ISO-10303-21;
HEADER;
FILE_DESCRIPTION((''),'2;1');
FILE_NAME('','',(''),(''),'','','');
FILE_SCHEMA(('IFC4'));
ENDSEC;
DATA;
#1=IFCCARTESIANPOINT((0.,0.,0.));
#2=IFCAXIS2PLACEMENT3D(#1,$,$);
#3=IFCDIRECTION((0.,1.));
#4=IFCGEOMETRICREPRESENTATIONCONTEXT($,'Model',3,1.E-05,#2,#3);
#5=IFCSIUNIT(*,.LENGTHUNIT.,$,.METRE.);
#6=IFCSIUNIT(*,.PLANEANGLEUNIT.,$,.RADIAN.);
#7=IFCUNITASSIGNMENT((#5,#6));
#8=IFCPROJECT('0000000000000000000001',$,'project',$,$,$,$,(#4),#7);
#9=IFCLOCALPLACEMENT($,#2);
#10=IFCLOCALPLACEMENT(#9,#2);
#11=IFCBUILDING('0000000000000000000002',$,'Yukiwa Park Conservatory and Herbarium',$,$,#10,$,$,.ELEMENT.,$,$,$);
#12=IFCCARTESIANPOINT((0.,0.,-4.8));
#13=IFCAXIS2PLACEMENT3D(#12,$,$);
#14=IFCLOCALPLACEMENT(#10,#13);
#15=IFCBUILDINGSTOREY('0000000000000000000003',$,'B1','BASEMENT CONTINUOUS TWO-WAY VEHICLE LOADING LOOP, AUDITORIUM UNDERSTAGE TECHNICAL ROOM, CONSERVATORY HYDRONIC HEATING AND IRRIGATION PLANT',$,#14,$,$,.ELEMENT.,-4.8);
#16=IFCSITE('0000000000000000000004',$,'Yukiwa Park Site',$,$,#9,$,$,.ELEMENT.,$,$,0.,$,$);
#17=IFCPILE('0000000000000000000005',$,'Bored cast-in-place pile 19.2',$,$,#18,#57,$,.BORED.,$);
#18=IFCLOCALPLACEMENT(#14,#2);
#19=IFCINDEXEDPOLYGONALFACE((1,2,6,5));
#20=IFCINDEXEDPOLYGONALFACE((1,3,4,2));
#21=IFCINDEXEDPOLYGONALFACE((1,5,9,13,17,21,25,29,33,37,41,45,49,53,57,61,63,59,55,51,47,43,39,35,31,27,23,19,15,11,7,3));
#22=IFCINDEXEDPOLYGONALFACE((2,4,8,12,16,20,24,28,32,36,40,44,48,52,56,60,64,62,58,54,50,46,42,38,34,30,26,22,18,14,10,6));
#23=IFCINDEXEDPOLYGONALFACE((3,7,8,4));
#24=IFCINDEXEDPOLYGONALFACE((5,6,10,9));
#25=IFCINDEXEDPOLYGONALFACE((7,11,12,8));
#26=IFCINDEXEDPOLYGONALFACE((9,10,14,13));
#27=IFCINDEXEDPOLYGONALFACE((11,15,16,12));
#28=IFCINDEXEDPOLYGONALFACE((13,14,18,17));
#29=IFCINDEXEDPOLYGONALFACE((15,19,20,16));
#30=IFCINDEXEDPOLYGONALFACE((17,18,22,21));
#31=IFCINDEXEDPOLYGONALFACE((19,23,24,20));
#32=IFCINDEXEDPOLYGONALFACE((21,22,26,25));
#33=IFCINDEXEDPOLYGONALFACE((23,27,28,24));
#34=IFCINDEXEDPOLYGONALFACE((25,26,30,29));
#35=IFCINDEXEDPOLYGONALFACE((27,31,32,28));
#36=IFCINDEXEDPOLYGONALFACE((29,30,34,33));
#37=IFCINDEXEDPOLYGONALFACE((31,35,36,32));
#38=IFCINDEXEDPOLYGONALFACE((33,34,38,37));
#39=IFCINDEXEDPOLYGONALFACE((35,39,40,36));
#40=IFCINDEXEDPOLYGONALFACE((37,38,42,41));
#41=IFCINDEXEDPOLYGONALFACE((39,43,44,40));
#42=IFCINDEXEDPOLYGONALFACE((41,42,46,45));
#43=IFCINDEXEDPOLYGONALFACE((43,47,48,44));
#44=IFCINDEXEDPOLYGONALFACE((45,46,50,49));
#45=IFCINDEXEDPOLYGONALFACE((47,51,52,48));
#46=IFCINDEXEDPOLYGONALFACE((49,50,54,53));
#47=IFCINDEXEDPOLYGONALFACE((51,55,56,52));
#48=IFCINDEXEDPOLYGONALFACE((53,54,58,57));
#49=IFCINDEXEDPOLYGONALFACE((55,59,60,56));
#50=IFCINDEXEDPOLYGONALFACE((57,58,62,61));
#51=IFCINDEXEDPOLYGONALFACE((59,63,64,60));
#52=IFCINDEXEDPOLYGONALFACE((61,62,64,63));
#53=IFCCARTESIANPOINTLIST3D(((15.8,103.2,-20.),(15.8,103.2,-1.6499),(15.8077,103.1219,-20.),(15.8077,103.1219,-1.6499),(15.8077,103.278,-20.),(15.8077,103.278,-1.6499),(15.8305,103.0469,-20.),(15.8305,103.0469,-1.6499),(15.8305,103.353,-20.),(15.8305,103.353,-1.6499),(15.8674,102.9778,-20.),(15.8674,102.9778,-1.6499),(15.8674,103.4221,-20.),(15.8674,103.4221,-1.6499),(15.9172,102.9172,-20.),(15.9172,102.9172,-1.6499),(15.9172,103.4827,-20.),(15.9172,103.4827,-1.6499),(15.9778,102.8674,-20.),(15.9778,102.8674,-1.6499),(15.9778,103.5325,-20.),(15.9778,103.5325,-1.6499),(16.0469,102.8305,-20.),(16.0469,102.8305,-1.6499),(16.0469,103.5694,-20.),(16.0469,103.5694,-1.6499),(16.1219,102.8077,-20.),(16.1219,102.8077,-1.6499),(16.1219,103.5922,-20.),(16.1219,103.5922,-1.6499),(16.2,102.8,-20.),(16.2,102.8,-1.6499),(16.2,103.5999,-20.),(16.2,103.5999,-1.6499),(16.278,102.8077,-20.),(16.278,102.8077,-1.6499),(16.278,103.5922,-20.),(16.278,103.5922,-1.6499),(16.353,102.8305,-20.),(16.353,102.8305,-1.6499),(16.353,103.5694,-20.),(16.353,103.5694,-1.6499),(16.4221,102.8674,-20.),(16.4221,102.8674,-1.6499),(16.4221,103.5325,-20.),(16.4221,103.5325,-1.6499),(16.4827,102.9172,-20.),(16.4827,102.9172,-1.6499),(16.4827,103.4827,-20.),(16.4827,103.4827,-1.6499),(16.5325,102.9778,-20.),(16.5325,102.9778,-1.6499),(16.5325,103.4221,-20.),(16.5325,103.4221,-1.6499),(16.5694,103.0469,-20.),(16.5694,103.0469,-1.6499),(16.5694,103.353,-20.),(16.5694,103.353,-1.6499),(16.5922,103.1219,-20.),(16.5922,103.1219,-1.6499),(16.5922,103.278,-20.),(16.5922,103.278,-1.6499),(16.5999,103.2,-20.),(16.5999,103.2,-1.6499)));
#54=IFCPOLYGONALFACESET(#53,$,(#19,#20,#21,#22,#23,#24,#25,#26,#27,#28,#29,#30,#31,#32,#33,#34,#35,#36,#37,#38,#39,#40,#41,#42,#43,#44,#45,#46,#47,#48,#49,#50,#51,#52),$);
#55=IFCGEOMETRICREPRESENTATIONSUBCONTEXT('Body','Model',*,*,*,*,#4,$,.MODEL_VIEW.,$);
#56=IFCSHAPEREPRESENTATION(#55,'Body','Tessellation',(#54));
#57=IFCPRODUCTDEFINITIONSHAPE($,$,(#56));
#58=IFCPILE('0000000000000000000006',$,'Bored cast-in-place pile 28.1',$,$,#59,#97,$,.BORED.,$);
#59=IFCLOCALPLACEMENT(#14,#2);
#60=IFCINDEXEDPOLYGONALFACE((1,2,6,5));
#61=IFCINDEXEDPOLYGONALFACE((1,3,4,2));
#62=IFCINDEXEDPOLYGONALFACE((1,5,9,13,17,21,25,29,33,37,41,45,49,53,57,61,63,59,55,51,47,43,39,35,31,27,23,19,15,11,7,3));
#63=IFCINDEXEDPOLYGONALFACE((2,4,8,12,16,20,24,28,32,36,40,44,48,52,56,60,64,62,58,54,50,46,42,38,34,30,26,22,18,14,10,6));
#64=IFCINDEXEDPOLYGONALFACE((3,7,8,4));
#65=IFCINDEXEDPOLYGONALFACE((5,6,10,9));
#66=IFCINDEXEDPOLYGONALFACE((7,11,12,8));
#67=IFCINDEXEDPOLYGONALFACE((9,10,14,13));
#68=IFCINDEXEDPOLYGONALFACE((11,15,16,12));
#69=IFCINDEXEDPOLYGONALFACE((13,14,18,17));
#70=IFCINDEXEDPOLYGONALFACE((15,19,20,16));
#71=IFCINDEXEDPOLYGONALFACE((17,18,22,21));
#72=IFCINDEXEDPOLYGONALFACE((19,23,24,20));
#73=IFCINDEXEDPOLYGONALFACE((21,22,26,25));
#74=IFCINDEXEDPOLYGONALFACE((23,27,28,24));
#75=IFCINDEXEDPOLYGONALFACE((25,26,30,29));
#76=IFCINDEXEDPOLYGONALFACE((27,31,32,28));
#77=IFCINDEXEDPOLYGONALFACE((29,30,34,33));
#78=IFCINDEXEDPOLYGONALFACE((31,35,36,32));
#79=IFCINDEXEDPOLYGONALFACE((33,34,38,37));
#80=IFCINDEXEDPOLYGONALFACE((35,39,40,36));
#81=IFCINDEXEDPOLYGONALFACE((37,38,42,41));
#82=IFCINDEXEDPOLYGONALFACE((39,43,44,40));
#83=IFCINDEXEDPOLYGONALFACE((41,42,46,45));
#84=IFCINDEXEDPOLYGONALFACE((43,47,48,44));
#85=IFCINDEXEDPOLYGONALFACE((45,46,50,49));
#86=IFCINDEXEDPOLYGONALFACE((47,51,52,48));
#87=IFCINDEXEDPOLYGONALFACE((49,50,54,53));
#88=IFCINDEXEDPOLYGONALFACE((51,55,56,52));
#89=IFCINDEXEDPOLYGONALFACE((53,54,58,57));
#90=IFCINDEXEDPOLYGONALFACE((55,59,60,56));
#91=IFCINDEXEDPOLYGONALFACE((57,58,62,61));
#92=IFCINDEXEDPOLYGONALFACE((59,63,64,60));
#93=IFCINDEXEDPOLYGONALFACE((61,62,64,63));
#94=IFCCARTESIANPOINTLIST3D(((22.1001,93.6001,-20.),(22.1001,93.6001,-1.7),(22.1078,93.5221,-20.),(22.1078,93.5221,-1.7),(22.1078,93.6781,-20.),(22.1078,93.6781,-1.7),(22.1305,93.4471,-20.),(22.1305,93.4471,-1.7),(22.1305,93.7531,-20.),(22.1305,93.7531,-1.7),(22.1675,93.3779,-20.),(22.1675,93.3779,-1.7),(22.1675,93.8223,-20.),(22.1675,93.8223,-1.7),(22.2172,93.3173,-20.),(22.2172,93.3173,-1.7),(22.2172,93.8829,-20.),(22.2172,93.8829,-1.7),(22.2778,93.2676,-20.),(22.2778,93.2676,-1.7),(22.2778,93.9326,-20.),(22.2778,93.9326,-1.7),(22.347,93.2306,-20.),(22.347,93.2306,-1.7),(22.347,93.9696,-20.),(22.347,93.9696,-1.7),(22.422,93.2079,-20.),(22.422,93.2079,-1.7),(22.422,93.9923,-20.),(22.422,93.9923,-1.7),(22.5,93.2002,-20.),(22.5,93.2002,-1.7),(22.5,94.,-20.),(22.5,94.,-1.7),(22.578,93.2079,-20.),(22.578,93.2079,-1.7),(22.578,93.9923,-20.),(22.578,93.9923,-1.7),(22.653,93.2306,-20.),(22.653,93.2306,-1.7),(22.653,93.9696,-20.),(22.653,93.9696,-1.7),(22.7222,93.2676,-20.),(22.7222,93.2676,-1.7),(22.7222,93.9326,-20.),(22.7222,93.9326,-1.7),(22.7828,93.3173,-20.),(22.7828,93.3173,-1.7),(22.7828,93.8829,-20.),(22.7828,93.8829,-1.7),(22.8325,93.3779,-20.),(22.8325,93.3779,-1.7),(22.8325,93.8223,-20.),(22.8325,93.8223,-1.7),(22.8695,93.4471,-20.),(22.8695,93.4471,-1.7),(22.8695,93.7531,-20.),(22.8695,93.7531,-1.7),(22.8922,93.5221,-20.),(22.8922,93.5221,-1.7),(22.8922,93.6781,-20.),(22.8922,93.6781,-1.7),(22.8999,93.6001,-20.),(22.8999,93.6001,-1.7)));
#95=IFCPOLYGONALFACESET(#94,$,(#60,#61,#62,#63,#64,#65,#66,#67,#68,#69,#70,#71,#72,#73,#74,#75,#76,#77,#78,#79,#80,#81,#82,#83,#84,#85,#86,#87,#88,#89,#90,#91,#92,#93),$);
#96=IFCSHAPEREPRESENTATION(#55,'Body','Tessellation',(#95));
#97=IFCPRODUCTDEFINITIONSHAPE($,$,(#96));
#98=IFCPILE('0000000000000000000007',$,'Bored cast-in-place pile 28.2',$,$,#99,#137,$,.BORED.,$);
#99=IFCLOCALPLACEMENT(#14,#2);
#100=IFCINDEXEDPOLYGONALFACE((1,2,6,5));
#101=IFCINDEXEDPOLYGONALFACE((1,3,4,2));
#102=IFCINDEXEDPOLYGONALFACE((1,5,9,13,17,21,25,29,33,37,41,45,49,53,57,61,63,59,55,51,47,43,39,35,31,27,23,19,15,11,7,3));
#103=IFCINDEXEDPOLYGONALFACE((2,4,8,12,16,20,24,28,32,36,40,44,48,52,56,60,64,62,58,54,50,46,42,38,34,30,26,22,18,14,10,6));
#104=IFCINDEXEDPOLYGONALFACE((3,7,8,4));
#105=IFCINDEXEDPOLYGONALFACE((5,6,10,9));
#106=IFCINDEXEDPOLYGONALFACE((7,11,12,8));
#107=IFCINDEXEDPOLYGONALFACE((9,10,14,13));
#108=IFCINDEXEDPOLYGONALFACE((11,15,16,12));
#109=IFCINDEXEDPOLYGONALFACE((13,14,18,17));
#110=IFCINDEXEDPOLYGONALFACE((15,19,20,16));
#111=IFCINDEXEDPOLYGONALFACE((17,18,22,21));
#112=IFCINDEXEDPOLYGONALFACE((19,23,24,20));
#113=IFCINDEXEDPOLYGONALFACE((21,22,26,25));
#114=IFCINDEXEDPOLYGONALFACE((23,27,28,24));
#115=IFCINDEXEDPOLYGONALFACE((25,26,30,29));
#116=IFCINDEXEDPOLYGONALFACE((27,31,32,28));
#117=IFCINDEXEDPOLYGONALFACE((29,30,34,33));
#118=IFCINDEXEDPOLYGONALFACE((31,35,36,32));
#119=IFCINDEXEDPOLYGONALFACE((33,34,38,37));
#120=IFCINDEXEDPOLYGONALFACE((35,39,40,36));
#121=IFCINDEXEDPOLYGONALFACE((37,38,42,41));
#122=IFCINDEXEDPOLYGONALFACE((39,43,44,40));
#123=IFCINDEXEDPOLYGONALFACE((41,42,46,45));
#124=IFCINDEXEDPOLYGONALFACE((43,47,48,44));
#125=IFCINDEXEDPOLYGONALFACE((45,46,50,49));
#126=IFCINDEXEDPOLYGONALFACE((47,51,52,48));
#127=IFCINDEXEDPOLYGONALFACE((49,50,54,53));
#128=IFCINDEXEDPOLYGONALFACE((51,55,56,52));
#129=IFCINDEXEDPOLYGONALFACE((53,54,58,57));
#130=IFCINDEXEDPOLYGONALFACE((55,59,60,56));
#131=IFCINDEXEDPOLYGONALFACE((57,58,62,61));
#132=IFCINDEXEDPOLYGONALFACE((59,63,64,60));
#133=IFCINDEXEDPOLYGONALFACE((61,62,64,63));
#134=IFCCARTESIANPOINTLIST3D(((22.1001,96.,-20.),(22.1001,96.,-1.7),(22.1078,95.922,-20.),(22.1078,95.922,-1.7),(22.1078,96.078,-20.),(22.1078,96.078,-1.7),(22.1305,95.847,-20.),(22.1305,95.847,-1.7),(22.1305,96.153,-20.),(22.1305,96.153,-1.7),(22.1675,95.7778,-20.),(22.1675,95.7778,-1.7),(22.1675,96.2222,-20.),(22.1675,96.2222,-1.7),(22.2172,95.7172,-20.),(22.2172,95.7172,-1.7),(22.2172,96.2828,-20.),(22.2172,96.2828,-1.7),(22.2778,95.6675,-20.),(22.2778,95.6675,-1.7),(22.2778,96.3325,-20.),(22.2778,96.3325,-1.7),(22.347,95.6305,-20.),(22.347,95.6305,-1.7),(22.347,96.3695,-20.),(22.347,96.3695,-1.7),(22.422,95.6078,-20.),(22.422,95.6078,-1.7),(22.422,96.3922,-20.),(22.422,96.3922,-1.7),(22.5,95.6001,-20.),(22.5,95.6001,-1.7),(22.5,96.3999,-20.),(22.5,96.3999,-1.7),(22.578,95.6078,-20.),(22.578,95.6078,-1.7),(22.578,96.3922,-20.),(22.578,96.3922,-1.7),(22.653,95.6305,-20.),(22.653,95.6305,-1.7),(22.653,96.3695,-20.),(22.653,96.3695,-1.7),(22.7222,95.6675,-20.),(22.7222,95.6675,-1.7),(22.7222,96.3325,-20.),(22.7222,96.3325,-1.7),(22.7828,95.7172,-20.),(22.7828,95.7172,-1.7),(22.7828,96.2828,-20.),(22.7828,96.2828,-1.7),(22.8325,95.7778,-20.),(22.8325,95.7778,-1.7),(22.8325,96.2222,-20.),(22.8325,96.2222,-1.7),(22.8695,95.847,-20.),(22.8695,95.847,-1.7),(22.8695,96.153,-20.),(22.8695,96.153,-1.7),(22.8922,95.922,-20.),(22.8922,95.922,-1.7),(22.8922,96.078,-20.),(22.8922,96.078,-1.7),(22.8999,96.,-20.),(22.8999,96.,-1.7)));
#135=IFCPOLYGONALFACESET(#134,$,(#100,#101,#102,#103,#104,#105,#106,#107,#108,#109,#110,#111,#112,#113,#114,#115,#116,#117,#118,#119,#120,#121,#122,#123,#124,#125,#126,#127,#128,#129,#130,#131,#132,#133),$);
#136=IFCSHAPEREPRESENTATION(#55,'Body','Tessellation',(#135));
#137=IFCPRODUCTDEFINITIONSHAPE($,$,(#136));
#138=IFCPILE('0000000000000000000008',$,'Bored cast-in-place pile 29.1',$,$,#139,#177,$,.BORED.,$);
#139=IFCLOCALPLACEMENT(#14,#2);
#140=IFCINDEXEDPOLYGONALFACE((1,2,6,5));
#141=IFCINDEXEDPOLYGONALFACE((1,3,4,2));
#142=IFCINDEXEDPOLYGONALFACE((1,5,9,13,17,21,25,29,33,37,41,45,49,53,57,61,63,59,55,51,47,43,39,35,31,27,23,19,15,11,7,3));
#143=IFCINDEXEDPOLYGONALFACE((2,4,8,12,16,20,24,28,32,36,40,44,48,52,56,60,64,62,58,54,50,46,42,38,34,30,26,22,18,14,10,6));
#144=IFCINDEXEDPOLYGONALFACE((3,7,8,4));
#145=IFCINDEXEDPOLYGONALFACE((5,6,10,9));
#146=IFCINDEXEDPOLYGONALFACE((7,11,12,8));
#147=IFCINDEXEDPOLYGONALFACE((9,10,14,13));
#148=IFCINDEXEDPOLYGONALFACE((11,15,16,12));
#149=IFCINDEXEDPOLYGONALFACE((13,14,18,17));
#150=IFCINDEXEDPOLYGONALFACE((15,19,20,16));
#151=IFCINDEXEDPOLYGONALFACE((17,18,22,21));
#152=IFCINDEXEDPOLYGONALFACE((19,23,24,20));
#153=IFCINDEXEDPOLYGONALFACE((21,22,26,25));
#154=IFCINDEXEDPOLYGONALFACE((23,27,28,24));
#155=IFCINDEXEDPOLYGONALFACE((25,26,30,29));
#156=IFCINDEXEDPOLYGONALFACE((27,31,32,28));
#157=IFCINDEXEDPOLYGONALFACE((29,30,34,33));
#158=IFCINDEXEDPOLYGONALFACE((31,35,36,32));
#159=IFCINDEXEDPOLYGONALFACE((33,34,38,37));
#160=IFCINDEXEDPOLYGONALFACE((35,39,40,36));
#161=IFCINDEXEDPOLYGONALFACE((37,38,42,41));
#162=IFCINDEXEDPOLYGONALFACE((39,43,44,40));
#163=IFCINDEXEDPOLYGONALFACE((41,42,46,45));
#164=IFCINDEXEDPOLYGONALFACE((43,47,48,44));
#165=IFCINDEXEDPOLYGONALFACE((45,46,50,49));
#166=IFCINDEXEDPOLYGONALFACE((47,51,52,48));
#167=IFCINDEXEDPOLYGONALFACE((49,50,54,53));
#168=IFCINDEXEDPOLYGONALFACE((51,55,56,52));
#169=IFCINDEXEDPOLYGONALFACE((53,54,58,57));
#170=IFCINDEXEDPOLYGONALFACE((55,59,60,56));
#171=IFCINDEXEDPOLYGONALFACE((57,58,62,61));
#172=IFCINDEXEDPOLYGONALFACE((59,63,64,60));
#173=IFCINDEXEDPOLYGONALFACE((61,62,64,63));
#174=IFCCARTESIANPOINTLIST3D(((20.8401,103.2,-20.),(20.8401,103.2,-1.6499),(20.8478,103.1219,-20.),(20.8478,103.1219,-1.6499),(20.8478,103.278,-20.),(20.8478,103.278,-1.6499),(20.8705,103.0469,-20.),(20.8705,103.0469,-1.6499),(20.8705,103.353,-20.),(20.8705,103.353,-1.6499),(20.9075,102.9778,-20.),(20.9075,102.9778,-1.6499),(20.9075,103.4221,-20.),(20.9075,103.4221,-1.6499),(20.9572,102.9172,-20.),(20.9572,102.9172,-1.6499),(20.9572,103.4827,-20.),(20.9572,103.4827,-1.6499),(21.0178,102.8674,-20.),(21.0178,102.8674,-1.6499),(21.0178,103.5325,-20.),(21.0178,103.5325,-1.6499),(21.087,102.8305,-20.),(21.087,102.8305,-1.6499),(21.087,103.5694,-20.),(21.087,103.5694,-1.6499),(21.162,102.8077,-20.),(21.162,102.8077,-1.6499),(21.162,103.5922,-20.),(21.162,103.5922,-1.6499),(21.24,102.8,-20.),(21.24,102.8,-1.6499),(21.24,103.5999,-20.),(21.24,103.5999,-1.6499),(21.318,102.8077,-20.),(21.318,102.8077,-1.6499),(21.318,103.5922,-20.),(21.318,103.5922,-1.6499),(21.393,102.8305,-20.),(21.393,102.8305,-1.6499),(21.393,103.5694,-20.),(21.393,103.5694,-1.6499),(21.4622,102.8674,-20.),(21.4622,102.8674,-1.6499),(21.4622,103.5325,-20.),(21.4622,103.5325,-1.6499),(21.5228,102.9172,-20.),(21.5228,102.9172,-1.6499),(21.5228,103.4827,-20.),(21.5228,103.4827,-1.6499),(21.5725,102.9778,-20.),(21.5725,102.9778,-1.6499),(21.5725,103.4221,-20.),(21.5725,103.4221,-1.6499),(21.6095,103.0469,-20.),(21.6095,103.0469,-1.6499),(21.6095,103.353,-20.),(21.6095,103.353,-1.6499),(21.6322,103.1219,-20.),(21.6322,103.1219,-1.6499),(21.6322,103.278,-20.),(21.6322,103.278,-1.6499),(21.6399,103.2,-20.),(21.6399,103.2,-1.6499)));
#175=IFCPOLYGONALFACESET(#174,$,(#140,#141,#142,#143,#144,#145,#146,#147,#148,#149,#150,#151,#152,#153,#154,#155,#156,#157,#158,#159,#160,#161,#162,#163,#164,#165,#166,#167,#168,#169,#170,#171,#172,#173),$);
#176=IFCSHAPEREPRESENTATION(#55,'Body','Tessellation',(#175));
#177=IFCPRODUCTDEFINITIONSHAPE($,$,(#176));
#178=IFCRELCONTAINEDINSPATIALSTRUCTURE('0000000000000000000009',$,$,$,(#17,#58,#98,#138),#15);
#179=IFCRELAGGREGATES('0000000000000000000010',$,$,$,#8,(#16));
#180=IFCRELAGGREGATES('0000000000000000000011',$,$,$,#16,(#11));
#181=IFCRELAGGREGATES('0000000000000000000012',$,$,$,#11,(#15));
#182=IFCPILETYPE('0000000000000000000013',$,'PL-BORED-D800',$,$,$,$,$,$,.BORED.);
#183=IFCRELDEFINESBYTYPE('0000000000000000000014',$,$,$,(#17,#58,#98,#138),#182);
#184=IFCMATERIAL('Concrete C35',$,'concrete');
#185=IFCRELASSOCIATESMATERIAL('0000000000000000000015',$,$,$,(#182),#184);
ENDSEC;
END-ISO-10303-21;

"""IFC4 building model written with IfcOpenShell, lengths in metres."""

from ifc_helpers import new_model, si_unit, direction, frame, origin, origin_2d, place, context, subcontext, project, spatial, circle, extrude, material, material_profile, profile_set, type_object, element, save


model = new_model("IFC4")

# Units and contexts
model_context = context("Model", 3, precision=1e-05, world=origin(), true_north=direction((0.0, 1.0)))
body_context = subcontext(model_context, "Body", "Model", "MODEL_VIEW")
ifc_project = project(units=[si_unit("LENGTHUNIT", "METRE"), si_unit("PLANEANGLEUNIT", "RADIAN")], contexts=[model_context])

# Site, building, storey
site_placement = place(None, origin())
site = spatial("IfcSite", under=ifc_project, at=site_placement, Name="Yukiwa Park Site", CompositionType="ELEMENT", RefElevation=0.0)
building_placement = place(site_placement, origin())
building = spatial("IfcBuilding", under=site, at=building_placement, Name="Yukiwa Park Conservatory and Herbarium", CompositionType="ELEMENT")
storey_placement = place(building_placement, frame((0.0, 0.0, -4.8)))
storey = spatial("IfcBuildingStorey", under=building, at=storey_placement, Name="B1", Description="BASEMENT CONTINUOUS TWO-WAY VEHICLE LOADING LOOP, AUDITORIUM UNDERSTAGE TECHNICAL ROOM, CONSERVATORY HYDRONIC HEATING AND IRRIGATION PLANT", CompositionType="ELEMENT", Elevation=-4.8)

# Piles
ifc_material_1 = material(Name="Concrete C35", Category="concrete")
ifc_material_profile_1 = material_profile(ifc_material_1, circle(Radius=0.3999, at=origin_2d()), Name="PILE D800")
ifc_profile_set_1 = profile_set([ifc_material_profile_1], Name="Concrete C35")
pile_type = type_object("IfcPileType", Name="PL-BORED-D800", PredefinedType="BORED", material=ifc_profile_set_1)
for number, where, z_axis, x_axis, name in (
    (1, (16.2, 103.2, -1.6499), (0.0, 0.0, -1.0), (1.0, 0.0, 0.0), "Bored cast-in-place pile 19.2"),
):
    element("IfcPile", number, at=place(storey_placement, frame(where, z_axis=z_axis, x_axis=x_axis)), inside=storey, type_object=pile_type, Name=name, PredefinedType="BORED", context=body_context, shape_type="SweptSolid", body=[
        extrude(circle(Radius=0.3999, at=origin_2d()), origin(), (0.0, 0.0, 1.0), 18.3501),
    ])
for number, where, z_axis, x_axis, name in (
    (2, (22.5, 93.6001, -1.7), (0.0, 0.0, -1.0), (1.0, 0.0, 0.0), "Bored cast-in-place pile 28.1"),
    (3, (22.5, 96.0, -1.7), (0.0, 0.0, -1.0), (1.0, 0.0, 0.0), "Bored cast-in-place pile 28.2"),
):
    element("IfcPile", number, at=place(storey_placement, frame(where, z_axis=z_axis, x_axis=x_axis)), inside=storey, type_object=pile_type, Name=name, PredefinedType="BORED", context=body_context, shape_type="SweptSolid", body=[
        extrude(circle(Radius=0.3999, at=origin_2d()), origin(), (0.0, 0.0, 1.0), 18.3),
    ])
for number, where, z_axis, x_axis, name in (
    (4, (21.24, 103.2, -1.6499), (0.0, 0.0, -1.0), (1.0, 0.0, 0.0), "Bored cast-in-place pile 29.1"),
):
    element("IfcPile", number, at=place(storey_placement, frame(where, z_axis=z_axis, x_axis=x_axis)), inside=storey, type_object=pile_type, Name=name, PredefinedType="BORED", context=body_context, shape_type="SweptSolid", body=[
        extrude(circle(Radius=0.3999, at=origin_2d()), origin(), (0.0, 0.0, 1.0), 18.3501),
    ])

save(model, "model.ifc")
